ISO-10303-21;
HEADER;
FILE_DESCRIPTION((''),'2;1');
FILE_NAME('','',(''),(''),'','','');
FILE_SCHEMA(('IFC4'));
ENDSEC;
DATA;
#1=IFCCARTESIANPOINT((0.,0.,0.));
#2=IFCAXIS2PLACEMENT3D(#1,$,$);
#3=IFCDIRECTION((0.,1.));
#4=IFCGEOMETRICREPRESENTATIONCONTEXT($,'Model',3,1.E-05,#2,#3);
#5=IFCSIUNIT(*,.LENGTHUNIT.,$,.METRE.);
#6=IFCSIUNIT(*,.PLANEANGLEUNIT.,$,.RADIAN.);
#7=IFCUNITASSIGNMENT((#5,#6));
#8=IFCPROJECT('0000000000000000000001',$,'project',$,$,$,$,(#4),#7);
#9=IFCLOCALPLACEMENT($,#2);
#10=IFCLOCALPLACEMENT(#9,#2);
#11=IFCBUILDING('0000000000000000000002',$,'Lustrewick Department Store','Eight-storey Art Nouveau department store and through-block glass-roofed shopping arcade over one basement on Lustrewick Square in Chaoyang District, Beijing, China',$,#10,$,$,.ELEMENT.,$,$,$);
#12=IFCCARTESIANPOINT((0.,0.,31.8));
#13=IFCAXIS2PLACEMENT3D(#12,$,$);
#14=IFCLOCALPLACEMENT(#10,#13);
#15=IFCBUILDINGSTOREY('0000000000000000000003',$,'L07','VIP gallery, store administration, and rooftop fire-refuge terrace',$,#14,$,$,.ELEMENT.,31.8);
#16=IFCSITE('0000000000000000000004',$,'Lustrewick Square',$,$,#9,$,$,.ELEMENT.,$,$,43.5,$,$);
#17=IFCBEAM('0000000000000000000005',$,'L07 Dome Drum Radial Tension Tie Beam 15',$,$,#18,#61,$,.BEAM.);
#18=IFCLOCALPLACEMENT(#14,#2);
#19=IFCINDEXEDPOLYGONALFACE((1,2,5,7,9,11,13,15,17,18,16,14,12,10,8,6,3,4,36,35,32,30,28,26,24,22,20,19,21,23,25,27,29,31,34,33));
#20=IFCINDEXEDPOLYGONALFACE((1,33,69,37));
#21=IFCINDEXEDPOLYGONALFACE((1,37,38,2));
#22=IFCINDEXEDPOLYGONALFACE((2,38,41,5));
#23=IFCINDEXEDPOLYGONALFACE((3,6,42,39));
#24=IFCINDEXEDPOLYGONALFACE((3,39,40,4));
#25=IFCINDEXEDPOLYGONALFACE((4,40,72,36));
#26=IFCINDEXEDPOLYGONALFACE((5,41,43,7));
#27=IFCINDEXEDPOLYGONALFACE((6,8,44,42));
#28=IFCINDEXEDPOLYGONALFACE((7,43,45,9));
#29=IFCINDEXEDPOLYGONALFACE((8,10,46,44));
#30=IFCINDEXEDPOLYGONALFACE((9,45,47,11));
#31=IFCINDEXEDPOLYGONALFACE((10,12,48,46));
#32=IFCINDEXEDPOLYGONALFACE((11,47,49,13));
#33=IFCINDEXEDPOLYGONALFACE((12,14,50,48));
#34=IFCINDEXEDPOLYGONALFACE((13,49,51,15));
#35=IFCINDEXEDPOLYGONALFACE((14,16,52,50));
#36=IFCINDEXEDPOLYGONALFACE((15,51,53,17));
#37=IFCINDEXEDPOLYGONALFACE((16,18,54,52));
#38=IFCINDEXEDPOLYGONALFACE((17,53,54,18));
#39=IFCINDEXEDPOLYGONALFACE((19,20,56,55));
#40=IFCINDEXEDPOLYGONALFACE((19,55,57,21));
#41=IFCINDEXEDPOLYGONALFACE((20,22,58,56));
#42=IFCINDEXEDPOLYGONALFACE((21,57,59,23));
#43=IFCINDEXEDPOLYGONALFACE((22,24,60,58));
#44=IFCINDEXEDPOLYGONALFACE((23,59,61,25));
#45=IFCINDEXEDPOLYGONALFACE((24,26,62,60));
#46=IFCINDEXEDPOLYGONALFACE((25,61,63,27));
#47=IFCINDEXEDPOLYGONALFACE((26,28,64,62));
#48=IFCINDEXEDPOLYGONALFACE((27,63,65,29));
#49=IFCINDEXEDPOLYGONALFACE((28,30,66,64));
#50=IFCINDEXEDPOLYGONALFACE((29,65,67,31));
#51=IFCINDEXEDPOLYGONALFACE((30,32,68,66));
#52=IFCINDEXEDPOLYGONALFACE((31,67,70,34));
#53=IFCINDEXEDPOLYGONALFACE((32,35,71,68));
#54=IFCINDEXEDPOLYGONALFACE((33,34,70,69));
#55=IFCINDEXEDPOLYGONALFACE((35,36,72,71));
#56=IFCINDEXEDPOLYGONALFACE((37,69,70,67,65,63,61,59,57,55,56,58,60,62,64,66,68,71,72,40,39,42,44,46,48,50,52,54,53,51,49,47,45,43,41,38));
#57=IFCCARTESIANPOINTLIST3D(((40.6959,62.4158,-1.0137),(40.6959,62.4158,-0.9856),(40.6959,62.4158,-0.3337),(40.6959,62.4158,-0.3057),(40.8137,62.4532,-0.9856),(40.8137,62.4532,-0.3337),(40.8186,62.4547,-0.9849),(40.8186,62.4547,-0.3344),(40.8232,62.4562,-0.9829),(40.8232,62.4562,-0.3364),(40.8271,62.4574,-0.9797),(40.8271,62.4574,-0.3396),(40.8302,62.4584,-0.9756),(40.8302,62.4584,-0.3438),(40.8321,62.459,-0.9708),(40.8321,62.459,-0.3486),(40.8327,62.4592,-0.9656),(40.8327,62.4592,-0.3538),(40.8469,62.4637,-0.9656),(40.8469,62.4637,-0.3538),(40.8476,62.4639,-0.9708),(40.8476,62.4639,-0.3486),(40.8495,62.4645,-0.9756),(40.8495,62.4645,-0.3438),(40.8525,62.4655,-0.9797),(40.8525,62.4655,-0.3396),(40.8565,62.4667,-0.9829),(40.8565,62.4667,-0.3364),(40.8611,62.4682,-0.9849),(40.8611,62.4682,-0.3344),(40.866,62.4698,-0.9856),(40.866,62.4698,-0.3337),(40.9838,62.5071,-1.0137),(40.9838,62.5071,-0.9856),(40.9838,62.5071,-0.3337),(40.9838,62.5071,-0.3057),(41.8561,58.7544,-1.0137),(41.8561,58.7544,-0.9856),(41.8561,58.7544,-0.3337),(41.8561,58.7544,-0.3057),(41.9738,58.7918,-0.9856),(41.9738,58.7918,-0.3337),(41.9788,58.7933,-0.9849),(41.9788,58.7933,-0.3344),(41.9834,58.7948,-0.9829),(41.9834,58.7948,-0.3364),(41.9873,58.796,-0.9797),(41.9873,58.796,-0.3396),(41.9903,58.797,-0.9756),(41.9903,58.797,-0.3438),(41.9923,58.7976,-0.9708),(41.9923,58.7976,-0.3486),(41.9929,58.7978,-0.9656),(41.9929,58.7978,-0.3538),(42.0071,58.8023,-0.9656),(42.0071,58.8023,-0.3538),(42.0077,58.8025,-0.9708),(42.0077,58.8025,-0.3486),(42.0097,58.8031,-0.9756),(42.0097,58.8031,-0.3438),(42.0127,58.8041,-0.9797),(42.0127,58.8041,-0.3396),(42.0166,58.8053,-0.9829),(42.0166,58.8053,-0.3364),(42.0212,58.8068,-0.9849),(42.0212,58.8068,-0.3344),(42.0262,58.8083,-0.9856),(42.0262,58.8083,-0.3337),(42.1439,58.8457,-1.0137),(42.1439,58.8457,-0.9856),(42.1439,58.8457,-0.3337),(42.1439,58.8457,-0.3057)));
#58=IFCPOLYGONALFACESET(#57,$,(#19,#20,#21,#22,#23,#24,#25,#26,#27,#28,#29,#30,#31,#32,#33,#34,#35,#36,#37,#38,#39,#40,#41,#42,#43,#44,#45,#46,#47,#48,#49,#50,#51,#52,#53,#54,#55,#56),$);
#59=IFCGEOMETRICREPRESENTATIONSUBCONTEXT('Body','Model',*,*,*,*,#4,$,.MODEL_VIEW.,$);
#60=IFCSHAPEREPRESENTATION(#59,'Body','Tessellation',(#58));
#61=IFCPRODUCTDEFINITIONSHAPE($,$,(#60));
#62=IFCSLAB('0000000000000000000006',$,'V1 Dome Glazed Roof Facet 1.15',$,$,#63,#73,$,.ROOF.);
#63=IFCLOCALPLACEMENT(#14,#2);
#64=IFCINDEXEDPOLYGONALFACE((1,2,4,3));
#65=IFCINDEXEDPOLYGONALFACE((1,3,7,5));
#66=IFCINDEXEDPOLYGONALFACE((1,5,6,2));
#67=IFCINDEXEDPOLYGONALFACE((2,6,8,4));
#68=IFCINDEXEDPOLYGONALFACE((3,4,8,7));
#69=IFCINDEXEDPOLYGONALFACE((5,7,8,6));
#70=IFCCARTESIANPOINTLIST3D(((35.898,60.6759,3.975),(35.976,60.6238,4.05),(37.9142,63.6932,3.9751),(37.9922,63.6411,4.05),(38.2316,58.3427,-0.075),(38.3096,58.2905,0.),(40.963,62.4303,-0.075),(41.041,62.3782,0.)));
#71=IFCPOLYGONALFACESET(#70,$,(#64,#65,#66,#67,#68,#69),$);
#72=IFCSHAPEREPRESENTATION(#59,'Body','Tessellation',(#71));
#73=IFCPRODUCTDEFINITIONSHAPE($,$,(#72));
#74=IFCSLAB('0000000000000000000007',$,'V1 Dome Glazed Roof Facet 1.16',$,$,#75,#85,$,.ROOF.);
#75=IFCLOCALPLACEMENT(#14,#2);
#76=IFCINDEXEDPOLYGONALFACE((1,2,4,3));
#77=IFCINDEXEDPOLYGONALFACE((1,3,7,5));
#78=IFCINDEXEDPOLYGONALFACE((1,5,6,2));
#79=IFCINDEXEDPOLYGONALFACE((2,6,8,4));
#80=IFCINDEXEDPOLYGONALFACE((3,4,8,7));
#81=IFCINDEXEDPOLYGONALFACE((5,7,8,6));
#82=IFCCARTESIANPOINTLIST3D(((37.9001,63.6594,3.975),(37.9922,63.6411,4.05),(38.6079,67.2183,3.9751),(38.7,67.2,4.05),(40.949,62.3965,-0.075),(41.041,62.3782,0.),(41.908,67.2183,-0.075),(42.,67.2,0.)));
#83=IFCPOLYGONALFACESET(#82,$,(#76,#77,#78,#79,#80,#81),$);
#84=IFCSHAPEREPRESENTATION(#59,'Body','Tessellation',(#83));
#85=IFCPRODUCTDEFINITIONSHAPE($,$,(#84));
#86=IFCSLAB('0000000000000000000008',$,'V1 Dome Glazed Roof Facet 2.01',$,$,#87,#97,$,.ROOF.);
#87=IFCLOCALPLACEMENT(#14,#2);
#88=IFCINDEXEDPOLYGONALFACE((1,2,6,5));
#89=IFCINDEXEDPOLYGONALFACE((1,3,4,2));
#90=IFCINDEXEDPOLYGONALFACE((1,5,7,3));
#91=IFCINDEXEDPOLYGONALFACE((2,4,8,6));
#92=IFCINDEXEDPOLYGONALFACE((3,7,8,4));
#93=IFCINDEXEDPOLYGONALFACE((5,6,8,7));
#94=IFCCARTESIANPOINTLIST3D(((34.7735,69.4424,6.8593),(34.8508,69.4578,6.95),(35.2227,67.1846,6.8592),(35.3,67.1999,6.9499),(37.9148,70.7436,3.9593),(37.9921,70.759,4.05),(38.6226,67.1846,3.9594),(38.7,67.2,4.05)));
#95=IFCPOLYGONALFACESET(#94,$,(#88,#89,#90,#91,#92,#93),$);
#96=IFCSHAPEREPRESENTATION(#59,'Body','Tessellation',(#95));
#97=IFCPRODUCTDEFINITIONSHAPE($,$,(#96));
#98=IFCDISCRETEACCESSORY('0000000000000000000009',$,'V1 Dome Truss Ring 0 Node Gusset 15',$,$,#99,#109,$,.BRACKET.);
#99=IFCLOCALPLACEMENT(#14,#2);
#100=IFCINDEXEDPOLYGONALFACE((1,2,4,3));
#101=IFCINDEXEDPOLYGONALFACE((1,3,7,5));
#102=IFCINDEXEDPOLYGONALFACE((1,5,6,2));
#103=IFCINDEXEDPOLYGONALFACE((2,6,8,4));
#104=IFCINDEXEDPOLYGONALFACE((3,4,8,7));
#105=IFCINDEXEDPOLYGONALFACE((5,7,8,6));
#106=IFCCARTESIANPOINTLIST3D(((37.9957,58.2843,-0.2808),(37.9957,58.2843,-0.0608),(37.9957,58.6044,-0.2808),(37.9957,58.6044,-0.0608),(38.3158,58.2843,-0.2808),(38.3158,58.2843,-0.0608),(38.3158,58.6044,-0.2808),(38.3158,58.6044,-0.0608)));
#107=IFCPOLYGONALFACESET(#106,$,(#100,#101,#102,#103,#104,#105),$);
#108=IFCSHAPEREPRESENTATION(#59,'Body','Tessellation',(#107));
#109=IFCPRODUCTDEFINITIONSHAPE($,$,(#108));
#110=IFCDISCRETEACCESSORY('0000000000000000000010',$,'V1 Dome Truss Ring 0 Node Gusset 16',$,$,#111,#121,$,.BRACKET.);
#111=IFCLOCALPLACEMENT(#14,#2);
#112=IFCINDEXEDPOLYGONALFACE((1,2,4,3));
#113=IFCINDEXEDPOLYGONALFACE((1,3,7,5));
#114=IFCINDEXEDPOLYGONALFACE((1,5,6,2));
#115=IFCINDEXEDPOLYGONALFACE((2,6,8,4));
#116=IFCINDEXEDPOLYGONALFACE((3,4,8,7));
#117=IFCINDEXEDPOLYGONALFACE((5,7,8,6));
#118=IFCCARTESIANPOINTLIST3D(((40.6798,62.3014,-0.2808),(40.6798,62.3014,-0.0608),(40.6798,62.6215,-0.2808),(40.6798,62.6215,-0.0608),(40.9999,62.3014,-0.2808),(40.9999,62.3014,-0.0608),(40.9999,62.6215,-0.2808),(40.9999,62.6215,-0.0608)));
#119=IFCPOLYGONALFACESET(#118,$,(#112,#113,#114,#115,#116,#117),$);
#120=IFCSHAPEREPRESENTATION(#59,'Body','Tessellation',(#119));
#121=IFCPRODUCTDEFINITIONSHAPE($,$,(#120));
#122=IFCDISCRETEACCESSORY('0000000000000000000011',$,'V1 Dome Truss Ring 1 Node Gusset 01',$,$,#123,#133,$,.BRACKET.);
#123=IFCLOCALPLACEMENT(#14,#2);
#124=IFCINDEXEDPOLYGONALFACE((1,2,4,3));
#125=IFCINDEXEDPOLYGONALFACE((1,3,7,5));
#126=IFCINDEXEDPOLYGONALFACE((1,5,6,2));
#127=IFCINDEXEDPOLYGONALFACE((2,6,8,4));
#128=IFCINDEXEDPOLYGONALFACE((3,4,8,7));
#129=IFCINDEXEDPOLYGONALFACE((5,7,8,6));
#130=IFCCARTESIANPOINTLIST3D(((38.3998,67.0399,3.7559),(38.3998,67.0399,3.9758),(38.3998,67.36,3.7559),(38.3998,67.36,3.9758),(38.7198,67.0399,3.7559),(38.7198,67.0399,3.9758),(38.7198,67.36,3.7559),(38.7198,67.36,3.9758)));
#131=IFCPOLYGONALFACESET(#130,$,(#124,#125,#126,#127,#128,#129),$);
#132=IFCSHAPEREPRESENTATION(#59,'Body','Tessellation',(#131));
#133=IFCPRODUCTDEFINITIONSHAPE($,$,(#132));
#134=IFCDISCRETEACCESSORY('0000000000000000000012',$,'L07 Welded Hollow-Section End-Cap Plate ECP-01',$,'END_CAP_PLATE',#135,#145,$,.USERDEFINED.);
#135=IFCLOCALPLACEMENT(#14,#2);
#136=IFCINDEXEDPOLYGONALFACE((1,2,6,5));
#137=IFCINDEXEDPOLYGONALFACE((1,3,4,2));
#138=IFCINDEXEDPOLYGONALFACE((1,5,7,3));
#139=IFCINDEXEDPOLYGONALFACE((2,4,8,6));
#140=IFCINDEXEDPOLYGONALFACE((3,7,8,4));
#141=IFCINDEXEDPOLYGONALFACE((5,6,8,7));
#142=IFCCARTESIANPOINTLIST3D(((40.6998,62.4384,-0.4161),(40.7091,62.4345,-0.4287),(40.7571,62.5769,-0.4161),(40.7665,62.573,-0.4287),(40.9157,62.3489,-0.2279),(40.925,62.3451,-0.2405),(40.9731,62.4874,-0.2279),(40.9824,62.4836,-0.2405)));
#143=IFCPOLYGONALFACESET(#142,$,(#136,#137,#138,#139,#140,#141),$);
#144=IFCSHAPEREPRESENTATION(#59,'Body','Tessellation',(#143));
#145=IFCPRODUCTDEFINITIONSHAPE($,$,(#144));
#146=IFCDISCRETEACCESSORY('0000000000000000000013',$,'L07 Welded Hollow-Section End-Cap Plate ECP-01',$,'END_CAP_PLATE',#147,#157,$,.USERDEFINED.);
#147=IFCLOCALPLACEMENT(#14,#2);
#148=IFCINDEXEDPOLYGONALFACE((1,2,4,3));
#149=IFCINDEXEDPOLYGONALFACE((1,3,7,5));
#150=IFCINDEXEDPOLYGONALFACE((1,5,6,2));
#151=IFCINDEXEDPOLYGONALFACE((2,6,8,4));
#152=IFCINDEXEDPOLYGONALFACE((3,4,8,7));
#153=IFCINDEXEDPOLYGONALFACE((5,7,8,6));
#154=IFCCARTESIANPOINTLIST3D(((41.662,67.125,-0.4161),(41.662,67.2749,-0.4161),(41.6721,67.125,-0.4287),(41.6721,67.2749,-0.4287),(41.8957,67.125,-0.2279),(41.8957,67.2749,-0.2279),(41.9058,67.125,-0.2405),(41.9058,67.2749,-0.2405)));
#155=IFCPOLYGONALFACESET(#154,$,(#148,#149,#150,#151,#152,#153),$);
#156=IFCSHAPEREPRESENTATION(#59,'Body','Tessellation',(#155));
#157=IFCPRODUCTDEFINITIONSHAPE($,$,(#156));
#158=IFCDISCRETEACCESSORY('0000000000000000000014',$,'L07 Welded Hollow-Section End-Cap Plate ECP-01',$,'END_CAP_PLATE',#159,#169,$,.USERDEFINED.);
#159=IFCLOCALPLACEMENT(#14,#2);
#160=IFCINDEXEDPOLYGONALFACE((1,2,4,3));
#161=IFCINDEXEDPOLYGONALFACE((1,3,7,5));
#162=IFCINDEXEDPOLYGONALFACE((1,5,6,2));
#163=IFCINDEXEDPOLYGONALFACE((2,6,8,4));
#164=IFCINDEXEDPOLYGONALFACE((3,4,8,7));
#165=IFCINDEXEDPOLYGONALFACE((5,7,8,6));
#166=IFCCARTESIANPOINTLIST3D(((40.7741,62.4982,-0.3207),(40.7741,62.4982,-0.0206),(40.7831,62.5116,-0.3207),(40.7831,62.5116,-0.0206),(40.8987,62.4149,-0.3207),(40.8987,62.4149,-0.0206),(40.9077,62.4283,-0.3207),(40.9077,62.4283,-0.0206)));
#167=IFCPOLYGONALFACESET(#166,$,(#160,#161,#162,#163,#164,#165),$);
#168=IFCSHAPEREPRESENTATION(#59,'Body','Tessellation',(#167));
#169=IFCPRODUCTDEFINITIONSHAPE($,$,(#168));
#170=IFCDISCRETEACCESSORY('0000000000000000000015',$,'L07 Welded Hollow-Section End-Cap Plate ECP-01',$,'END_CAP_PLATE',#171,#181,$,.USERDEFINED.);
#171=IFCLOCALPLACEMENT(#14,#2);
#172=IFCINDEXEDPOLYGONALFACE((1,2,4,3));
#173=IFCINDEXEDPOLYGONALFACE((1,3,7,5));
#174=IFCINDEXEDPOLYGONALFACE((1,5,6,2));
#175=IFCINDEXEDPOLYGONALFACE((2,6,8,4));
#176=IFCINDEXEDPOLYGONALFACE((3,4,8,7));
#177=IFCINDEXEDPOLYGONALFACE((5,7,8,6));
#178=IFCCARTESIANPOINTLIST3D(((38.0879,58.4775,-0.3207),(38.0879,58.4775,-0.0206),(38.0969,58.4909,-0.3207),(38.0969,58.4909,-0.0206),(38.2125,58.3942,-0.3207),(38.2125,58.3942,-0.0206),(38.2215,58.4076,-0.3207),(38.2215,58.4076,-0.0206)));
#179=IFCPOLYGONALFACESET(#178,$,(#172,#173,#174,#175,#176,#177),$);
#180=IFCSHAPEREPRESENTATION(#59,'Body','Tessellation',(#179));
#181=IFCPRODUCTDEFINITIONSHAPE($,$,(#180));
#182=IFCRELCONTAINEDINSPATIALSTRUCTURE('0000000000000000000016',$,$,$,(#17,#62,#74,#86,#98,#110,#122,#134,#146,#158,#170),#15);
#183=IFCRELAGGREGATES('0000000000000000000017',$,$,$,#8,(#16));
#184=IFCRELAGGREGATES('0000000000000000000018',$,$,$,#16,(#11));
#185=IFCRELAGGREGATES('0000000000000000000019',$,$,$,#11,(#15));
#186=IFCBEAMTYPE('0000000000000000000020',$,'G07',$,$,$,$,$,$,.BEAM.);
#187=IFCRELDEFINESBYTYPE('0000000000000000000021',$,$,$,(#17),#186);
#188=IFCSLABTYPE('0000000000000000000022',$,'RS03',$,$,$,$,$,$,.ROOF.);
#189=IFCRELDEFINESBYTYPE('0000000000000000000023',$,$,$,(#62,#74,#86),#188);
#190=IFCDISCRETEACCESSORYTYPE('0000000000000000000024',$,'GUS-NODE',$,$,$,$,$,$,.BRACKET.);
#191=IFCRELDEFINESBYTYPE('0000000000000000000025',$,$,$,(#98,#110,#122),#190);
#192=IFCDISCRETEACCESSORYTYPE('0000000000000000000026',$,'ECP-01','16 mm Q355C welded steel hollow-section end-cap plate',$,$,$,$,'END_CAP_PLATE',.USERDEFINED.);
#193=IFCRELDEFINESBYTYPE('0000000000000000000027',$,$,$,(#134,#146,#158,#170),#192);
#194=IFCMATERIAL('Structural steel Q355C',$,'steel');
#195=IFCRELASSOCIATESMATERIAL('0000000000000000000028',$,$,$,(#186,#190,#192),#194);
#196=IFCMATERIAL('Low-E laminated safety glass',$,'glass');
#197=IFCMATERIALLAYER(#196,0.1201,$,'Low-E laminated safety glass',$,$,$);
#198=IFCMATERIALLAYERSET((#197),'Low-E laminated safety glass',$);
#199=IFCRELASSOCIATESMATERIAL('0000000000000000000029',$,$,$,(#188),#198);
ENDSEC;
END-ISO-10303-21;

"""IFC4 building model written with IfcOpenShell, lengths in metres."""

from ifc_helpers import new_model, si_unit, direction, frame, origin, origin_2d, place, context, subcontext, project, spatial, polyline, rectangle, i_section, outline, extrude, material, layer, layer_set, material_profile, profile_set, type_object, element, save


model = new_model("IFC4")

# Units and contexts
model_context = context("Model", 3, precision=1e-05, world=origin(), true_north=direction((0.0, 1.0)))
body_context = subcontext(model_context, "Body", "Model", "MODEL_VIEW")
ifc_project = project(units=[si_unit("LENGTHUNIT", "METRE"), si_unit("PLANEANGLEUNIT", "RADIAN")], contexts=[model_context])

# Site, building, storey
site_placement = place(None, origin())
site = spatial("IfcSite", under=ifc_project, at=site_placement, Name="Lustrewick Square", CompositionType="ELEMENT", RefElevation=43.5)
building_placement = place(site_placement, origin())
building = spatial("IfcBuilding", under=site, at=building_placement, Name="Lustrewick Department Store", Description="Eight-storey Art Nouveau department store and through-block glass-roofed shopping arcade over one basement on Lustrewick Square in Chaoyang District, Beijing, China", CompositionType="ELEMENT")
storey_placement = place(building_placement, frame((0.0, 0.0, 31.8)))
storey = spatial("IfcBuildingStorey", under=building, at=storey_placement, Name="L07", Description="VIP gallery, store administration, and rooftop fire-refuge terrace", CompositionType="ELEMENT", Elevation=31.8)

# Shared definitions
ifc_material_1 = material(Name="Structural steel Q355C", Category="steel")

# Beam
ifc_material_profile_1 = material_profile(ifc_material_1, i_section(OverallWidth=0.302, OverallDepth=0.708, WebThickness=0.0149, FlangeThickness=0.0281, FilletRadius=0.02, at=origin_2d()), Name="HN 708x302x15x28")
ifc_profile_set_1 = profile_set([ifc_material_profile_1], Name="Structural steel Q355C")
beam_type = type_object("IfcBeamType", Name="G07", PredefinedType="BEAM", material=ifc_profile_set_1)
beam_1_placement = place(storey_placement, frame((42.0, 58.8, -0.6597), z_axis=(-0.302062, 0.953288, 0.0), x_axis=(-0.953288, -0.302062, 0.0)))
element("IfcBeam", 1, at=beam_1_placement, inside=storey, type_object=beam_type, Name="L07 Dome Drum Radial Tension Tie Beam 15", PredefinedType="BEAM", context=body_context, shape_type="SweptSolid", body=[
    extrude(i_section(OverallWidth=0.302, OverallDepth=0.708, WebThickness=0.0149, FlangeThickness=0.0281, FilletRadius=0.02, at=origin_2d()), origin(), (0.0, 0.0, 1.0), 3.8408),
])

# Slabs
ifc_material_2 = material(Name="Low-E laminated safety glass", Category="glass")
ifc_layer = layer(ifc_material_2, 0.1201, Name="Low-E laminated safety glass")
ifc_layer_set = layer_set([ifc_layer], Name="Low-E laminated safety glass")
slab_type = type_object("IfcSlabType", Name="RS03", PredefinedType="ROOF", material=ifc_layer_set)
slab_1_placement = place(storey_placement, frame((38.3096, 58.2905, 0.0), z_axis=(0.649532, -0.434018, 0.624289), x_axis=(0.555587, 0.831458, -0.000006)))
element("IfcSlab", 2, at=slab_1_placement, inside=storey, type_object=slab_type, Name="V1 Dome Glazed Roof Facet 1.15", PredefinedType="ROOF", context=body_context, shape_type="SweptSolid", body=[
    extrude(outline(polyline([(0.0, 0.0), (4.9163, 0.0), (4.2724, 5.1845), (0.6435, 5.1844), (0.0, 0.0)])), origin(), (0.0, 0.0, -1.0), 0.1201),
])
slab_2_placement = place(storey_placement, frame((41.041, 62.3782, 0.0), z_axis=(0.766183, -0.15238, 0.624295), x_axis=(0.195063, 0.980791, -0.000002)))
element("IfcSlab", 3, at=slab_2_placement, inside=storey, type_object=slab_type, Name="V1 Dome Glazed Roof Facet 1.16", PredefinedType="ROOF", context=body_context, shape_type="SweptSolid", body=[
    extrude(outline(polyline([(0.0, 0.0), (4.9162, 0.0), (4.2725, 5.1845), (0.644, 5.1845), (0.0, 0.0)])), origin(), (0.0, 0.0, -1.0), 0.1201),
])
slab_3_placement = place(storey_placement, frame((38.7, 67.2, 4.05), z_axis=(0.643591, 0.12801, 0.754589), x_axis=(-0.195058, 0.980792, -0.000019)))
element("IfcSlab", 4, at=slab_3_placement, inside=storey, type_object=slab_type, Name="V1 Dome Glazed Roof Facet 2.01", PredefinedType="ROOF", context=body_context, shape_type="SweptSolid", body=[
    extrude(outline(polyline([(0.0, 0.0), (3.6288, 0.0), (2.9652, 4.4193), (0.6631, 4.4192), (0.0, 0.0)])), origin(), (0.0, 0.0, -1.0), 0.1201),
])

# Discrete accessories
discrete_accessory_type_1 = type_object("IfcDiscreteAccessoryType", Name="GUS-NODE", PredefinedType="BRACKET", material=ifc_material_1)
for number, where, z_axis, x_axis, name in (
    (5, (38.1558, 58.4443, -0.2808), (0.0, 0.0, 1.0), (1.0, 0.0, 0.0), "V1 Dome Truss Ring 0 Node Gusset 15"),
    (6, (40.8398, 62.4614, -0.2808), (0.0, 0.0, 1.0), (1.0, 0.0, 0.0), "V1 Dome Truss Ring 0 Node Gusset 16"),
    (7, (38.5598, 67.2, 3.7559), (0.0, 0.0, 1.0), (1.0, 0.0, 0.0), "V1 Dome Truss Ring 1 Node Gusset 01"),
):
    element("IfcDiscreteAccessory", number, at=place(storey_placement, frame(where, z_axis=z_axis, x_axis=x_axis)), inside=storey, type_object=discrete_accessory_type_1, Name=name, PredefinedType="BRACKET", context=body_context, shape_type="SweptSolid", body=[
        extrude(rectangle(XDim=0.3201, YDim=0.3201, at=origin_2d()), origin(), (0.0, 0.0, 1.0), 0.22),
    ])
discrete_accessory_type_2 = type_object("IfcDiscreteAccessoryType", Name="ECP-01", Description="16 mm Q355C welded steel hollow-section end-cap plate", ElementType="END_CAP_PLATE", PredefinedType="USERDEFINED", material=ifc_material_1)
for number, where, z_axis, x_axis, name in (
    (8, (40.8364, 62.4629, -0.322), (0.579385, -0.239973, -0.778927), (-0.382662, -0.923888, 0.0), "L07 Welded Hollow-Section End-Cap Plate ECP-01"),
    (9, (41.7788, 67.2, -0.322), (0.627125, 0.0, -0.778918), (0.0, -1.0, 0.0), "L07 Welded Hollow-Section End-Cap Plate ECP-01"),
    (10, (40.8364, 62.4565, -0.1707), (0.555563, 0.831475, 0.0), (-0.831475, 0.555563, 0.0), "L07 Welded Hollow-Section End-Cap Plate ECP-01"),
    (11, (38.1592, 58.4492, -0.1707), (-0.555563, -0.831475, 0.0), (-0.831475, 0.555563, 0.0), "L07 Welded Hollow-Section End-Cap Plate ECP-01"),
):
    element("IfcDiscreteAccessory", number, at=place(storey_placement, frame(where, z_axis=z_axis, x_axis=x_axis)), inside=storey, type_object=discrete_accessory_type_2, Name=name, ObjectType="END_CAP_PLATE", PredefinedType="USERDEFINED", context=body_context, shape_type="SweptSolid", body=[
        extrude(rectangle(XDim=0.1499, YDim=0.3, at=origin_2d()), origin(), (0.0, 0.0, 1.0), 0.0161),
    ])

save(model, "model.ifc")
